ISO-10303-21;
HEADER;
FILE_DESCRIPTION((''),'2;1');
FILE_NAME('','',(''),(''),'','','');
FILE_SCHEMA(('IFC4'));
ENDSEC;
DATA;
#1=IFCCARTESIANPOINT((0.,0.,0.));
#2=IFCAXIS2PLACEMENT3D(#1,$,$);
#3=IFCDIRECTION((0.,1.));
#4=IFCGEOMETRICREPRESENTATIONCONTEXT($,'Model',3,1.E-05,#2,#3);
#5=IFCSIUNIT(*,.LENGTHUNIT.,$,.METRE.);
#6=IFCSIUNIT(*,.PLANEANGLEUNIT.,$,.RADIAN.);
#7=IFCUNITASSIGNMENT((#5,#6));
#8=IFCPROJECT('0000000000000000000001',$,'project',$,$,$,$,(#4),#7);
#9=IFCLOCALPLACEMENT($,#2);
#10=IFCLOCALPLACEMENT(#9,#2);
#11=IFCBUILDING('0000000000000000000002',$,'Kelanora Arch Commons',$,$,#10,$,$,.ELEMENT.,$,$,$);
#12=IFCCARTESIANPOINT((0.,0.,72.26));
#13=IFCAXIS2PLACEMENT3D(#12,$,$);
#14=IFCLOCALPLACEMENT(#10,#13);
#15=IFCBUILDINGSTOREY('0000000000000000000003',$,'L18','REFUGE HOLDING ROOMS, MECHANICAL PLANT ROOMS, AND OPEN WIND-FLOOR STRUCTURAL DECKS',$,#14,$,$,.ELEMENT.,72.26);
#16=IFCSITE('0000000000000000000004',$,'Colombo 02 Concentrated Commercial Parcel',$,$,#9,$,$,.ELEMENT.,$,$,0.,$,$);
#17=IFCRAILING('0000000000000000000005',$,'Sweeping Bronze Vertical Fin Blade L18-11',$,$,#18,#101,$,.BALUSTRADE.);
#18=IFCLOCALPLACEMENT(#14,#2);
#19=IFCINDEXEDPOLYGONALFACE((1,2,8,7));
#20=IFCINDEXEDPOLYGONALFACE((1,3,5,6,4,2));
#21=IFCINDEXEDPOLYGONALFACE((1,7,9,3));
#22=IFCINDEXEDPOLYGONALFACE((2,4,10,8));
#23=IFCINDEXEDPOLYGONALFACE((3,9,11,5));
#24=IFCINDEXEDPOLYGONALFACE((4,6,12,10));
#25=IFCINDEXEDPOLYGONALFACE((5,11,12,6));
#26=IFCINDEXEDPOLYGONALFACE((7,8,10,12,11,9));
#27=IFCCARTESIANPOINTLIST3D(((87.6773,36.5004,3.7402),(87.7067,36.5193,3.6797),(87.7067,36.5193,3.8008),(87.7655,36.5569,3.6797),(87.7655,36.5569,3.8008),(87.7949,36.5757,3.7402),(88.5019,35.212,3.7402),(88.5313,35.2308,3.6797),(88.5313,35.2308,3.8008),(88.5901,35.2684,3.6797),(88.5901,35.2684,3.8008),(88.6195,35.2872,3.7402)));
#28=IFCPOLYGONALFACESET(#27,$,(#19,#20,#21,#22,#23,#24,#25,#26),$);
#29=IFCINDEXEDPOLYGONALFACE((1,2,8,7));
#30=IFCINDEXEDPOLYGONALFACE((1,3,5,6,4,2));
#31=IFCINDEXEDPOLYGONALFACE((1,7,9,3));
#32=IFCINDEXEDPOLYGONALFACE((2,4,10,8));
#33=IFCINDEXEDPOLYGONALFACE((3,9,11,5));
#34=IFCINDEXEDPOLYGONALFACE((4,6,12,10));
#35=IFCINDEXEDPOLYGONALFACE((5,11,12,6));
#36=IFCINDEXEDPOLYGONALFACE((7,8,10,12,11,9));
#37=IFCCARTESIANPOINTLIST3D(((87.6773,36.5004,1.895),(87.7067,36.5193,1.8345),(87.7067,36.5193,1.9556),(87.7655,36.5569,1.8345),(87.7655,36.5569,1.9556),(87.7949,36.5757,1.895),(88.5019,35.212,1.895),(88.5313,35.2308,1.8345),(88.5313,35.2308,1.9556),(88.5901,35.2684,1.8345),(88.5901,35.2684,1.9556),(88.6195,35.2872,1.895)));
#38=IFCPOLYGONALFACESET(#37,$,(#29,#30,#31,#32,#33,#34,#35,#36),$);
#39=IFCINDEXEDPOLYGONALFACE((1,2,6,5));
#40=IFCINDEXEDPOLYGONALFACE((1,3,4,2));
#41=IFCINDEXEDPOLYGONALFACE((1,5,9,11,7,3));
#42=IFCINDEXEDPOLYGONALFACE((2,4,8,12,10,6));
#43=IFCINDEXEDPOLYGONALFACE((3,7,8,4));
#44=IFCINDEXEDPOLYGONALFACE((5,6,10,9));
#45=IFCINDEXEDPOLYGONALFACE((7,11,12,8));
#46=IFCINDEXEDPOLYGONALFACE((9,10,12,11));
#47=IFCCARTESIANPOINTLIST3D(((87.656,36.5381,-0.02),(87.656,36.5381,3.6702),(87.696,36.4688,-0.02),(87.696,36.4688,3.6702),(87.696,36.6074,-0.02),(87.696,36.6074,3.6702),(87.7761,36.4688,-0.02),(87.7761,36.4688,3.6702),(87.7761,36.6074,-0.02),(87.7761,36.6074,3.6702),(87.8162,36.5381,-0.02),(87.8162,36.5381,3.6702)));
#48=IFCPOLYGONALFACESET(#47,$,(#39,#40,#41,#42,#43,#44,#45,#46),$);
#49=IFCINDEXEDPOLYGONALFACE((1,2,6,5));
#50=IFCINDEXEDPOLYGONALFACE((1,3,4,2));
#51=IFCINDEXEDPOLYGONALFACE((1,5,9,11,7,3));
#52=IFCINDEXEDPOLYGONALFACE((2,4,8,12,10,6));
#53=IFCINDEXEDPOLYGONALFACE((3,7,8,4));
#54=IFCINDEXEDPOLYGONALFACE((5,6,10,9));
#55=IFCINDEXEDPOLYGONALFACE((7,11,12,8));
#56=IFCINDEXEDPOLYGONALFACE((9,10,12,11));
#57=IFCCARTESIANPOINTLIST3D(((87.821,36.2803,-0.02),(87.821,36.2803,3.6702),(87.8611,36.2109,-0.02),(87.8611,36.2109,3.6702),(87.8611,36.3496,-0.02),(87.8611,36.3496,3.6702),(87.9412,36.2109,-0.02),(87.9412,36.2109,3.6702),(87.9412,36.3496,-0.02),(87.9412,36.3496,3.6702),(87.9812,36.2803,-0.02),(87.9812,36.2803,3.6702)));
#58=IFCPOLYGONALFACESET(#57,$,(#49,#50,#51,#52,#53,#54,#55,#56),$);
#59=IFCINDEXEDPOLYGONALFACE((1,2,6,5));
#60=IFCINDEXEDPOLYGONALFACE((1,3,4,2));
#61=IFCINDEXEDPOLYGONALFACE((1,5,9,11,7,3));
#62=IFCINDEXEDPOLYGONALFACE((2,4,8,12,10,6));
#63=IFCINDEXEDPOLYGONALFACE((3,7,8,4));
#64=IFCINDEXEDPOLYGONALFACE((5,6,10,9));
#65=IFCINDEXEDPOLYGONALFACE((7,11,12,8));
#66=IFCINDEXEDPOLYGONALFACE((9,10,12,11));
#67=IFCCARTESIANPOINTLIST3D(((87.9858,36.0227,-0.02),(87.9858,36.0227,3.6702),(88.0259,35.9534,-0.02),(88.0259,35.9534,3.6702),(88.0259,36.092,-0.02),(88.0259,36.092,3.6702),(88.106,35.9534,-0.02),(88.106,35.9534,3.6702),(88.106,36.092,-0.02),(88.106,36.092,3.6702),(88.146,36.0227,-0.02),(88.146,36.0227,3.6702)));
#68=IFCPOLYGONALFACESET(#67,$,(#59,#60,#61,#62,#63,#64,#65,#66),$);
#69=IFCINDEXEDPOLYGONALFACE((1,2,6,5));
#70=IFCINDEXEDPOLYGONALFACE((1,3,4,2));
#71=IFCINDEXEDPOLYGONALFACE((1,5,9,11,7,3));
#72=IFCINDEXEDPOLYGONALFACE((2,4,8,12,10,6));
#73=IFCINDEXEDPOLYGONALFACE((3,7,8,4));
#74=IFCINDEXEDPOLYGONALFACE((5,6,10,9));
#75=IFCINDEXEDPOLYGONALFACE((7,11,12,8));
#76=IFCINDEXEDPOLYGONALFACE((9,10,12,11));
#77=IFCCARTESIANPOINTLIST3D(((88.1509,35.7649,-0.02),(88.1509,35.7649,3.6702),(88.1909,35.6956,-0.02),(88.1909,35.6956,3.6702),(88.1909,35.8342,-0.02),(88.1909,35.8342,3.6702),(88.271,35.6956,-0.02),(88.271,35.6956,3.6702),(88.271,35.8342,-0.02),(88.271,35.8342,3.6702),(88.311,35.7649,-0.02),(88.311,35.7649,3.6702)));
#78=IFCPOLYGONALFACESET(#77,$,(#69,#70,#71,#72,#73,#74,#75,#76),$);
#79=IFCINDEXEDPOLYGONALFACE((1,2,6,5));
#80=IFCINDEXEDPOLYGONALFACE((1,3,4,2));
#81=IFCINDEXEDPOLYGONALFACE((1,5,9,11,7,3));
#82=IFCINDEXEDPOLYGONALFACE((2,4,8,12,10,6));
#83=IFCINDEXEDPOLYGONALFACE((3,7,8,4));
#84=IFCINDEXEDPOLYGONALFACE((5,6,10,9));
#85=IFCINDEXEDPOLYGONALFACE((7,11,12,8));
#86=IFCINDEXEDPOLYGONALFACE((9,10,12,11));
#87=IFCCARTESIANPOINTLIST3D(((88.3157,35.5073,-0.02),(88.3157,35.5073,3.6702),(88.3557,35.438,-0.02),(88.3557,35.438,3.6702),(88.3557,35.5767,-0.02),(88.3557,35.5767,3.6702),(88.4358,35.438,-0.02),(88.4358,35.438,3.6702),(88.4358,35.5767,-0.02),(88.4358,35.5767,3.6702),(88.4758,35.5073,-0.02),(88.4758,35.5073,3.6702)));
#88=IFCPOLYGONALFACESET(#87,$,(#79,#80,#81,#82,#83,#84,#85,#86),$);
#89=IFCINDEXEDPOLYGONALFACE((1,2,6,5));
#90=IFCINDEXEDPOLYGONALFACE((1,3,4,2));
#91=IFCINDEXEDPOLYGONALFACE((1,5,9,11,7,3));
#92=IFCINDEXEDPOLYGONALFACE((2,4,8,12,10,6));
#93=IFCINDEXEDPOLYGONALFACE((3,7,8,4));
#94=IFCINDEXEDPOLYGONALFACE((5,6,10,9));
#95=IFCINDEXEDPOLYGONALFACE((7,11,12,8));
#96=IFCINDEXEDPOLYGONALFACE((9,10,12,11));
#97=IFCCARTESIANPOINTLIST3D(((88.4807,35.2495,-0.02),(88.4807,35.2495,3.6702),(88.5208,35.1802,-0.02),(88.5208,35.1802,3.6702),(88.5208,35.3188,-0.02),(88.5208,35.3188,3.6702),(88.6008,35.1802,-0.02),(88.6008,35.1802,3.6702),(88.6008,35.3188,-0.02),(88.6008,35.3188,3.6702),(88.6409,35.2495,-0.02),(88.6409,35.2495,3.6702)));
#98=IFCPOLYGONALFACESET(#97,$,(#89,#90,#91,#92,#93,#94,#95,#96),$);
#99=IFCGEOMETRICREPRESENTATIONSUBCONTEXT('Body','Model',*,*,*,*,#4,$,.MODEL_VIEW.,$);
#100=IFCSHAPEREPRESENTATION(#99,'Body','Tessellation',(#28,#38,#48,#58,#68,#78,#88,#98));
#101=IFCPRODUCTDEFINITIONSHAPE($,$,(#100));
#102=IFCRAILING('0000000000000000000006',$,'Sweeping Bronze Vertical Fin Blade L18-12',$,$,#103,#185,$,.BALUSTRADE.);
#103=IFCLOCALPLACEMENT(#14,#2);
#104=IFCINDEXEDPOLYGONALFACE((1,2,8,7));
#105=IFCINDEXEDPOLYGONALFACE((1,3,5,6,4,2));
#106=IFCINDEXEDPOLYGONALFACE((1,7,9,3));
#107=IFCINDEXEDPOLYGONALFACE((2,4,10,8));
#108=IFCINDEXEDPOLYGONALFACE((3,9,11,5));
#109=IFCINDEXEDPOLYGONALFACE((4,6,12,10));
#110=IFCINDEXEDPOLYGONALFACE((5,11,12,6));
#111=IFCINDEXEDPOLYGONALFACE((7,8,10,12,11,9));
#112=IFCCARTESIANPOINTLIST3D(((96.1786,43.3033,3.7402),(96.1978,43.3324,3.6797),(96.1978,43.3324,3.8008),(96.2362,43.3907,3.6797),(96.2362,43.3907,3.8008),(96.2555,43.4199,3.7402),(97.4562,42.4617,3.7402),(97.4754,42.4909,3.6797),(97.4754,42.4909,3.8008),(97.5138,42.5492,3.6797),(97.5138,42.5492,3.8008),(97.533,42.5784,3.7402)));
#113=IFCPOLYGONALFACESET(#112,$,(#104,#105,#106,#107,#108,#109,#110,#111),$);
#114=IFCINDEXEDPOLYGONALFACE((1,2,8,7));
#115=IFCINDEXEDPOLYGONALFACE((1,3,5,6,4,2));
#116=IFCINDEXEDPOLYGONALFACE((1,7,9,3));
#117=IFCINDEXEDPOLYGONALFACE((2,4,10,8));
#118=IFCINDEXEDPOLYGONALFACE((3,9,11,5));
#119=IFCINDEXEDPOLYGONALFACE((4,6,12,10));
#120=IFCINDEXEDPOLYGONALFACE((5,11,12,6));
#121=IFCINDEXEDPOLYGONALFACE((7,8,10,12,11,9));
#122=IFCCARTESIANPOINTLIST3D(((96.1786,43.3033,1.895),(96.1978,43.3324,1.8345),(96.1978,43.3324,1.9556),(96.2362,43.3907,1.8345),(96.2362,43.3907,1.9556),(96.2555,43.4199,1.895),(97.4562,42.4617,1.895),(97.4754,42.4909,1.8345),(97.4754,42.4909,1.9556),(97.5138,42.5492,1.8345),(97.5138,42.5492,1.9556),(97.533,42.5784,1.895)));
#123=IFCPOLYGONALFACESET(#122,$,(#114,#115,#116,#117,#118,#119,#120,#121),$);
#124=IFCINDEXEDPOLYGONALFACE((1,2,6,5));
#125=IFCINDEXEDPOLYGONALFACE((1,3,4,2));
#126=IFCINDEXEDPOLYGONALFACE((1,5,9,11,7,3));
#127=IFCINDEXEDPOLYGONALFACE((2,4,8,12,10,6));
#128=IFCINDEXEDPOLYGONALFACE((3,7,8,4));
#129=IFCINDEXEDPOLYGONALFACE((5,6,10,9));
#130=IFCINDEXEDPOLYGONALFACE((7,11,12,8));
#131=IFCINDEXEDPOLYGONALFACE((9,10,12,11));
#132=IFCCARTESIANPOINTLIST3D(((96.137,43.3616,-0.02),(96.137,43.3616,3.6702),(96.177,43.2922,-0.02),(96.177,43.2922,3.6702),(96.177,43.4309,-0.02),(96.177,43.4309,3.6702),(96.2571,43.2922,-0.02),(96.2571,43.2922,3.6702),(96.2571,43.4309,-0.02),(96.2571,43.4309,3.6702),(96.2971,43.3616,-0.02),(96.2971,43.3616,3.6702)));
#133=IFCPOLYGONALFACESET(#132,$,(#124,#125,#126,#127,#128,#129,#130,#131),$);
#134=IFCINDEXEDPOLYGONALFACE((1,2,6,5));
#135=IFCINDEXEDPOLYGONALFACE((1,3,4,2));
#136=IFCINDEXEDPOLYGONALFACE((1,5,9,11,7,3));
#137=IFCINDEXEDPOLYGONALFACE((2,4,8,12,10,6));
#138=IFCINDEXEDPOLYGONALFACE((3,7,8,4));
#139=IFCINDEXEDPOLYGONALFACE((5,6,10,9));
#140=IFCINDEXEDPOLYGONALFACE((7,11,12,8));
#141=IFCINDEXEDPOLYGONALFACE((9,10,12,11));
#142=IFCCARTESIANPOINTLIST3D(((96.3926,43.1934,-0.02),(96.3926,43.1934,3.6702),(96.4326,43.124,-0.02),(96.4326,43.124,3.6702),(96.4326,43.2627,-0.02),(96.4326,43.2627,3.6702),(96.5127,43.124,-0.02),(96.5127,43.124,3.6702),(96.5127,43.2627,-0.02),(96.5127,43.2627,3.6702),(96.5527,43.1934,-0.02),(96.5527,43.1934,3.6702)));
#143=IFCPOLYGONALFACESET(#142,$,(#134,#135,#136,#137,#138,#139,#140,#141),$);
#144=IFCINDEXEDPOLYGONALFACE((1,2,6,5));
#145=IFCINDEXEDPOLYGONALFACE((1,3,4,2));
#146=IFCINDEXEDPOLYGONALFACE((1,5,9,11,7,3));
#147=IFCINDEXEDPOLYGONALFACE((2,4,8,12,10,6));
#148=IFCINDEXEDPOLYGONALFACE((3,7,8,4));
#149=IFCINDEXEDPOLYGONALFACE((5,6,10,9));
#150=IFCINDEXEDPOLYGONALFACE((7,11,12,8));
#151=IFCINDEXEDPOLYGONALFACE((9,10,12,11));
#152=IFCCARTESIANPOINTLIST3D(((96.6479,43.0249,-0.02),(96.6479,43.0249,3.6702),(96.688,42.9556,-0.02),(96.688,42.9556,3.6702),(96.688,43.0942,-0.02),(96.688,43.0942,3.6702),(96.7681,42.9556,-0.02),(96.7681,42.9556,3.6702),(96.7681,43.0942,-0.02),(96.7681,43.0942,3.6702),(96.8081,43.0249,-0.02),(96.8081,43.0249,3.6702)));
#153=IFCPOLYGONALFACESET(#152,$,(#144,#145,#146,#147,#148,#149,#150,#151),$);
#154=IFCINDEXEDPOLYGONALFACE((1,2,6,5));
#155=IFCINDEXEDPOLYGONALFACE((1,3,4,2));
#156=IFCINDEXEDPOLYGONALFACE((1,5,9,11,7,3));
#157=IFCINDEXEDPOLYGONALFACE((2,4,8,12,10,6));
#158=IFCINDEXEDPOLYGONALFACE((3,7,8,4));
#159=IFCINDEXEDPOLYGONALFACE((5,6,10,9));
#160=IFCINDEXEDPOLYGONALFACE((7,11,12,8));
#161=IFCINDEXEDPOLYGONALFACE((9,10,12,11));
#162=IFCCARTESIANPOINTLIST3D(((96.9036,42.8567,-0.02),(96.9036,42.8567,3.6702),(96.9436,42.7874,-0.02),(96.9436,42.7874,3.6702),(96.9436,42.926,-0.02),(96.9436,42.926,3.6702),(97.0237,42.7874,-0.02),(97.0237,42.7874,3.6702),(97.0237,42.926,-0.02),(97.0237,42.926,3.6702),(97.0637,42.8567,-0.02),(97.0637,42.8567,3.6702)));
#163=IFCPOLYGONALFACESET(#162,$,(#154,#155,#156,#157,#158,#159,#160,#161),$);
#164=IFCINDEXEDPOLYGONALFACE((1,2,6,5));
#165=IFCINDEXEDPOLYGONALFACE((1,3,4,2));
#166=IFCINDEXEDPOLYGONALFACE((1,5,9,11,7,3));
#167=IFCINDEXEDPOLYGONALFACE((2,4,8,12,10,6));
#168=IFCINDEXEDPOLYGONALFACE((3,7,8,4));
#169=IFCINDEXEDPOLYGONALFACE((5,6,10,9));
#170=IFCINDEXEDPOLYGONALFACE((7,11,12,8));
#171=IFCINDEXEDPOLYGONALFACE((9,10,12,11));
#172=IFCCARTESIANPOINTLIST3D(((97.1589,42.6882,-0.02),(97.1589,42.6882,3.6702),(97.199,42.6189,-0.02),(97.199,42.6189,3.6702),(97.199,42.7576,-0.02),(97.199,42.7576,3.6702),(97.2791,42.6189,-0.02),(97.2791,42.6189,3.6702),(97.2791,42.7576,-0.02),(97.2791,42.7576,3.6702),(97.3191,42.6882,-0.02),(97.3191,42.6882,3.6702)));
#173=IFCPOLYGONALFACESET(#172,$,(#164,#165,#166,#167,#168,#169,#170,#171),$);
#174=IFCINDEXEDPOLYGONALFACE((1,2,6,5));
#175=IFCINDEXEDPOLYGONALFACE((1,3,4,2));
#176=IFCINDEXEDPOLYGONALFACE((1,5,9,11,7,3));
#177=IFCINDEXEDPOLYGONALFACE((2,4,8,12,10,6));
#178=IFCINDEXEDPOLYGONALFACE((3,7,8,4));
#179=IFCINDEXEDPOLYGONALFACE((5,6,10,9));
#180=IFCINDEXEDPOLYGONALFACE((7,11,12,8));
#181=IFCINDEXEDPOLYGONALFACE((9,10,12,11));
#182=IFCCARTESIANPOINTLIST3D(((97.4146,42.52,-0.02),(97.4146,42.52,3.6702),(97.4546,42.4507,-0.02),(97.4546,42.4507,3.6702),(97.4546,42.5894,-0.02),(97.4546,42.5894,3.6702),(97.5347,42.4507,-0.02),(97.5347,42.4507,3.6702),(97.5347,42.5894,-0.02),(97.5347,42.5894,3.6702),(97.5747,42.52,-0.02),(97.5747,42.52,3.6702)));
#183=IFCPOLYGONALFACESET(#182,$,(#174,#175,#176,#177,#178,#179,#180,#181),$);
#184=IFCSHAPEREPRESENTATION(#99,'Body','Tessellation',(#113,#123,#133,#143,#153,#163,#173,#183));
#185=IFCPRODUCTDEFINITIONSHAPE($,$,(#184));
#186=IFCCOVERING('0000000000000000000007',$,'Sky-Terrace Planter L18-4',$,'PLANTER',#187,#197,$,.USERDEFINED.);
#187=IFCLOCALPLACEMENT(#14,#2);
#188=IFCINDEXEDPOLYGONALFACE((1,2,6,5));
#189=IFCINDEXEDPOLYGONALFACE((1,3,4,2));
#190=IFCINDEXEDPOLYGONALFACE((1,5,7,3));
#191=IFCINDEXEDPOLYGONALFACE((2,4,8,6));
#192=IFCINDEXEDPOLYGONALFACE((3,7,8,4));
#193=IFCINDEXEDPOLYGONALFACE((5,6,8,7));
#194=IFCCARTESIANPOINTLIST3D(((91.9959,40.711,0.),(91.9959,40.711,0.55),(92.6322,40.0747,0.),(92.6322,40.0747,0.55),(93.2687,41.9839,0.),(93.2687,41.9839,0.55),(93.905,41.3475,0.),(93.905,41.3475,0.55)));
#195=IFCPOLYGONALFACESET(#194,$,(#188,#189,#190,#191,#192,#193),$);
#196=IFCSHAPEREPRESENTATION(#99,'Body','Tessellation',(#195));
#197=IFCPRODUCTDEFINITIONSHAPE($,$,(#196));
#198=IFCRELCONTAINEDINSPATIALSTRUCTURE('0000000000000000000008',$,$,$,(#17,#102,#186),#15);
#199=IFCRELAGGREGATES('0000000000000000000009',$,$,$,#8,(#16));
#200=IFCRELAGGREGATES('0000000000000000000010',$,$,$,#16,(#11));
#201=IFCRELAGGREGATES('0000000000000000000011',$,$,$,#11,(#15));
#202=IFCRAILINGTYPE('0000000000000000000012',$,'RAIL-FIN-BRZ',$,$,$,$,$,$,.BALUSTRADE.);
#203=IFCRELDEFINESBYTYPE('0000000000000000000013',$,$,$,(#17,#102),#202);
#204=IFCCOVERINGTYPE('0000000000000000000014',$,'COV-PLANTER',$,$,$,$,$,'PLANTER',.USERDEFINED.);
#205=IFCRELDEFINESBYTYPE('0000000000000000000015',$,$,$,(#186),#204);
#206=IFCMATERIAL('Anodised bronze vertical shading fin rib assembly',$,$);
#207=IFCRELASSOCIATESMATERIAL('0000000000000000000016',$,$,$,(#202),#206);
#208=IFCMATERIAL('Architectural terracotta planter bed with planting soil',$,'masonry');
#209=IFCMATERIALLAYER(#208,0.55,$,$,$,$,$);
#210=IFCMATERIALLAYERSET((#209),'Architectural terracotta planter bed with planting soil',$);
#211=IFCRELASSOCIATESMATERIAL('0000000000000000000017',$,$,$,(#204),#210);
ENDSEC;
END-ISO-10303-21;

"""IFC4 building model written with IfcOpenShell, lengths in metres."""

from ifc_helpers import new_model, si_unit, direction, frame, origin, origin_2d, place, context, subcontext, project, spatial, polyline, rectangle, outline, extrude, source, transform, mapped, material, layer, layer_set, type_object, element, save


model = new_model("IFC4")

# Units and contexts
model_context = context("Model", 3, precision=1e-05, world=origin(), true_north=direction((0.0, 1.0)))
body_context = subcontext(model_context, "Body", "Model", "MODEL_VIEW")
ifc_project = project(units=[si_unit("LENGTHUNIT", "METRE"), si_unit("PLANEANGLEUNIT", "RADIAN")], contexts=[model_context])

# Site, building, storey
site_placement = place(None, origin())
site = spatial("IfcSite", under=ifc_project, at=site_placement, Name="Colombo 02 Concentrated Commercial Parcel", CompositionType="ELEMENT", RefElevation=0.0)
building_placement = place(site_placement, origin())
building = spatial("IfcBuilding", under=site, at=building_placement, Name="Kelanora Arch Commons", CompositionType="ELEMENT")
storey_placement = place(building_placement, frame((0.0, 0.0, 72.26)))
storey = spatial("IfcBuildingStorey", under=building, at=storey_placement, Name="L18", Description="REFUGE HOLDING ROOMS, MECHANICAL PLANT ROOMS, AND OPEN WIND-FLOOR STRUCTURAL DECKS", CompositionType="ELEMENT", Elevation=72.26)

# Railings
ifc_material_1 = material(Name="Anodised bronze vertical shading fin rib assembly")
railing_type = type_object("IfcRailingType", Name="RAIL-FIN-BRZ", PredefinedType="BALUSTRADE", material=ifc_material_1)
railing_1_placement = place(storey_placement, frame((87.7361, 36.5381, -0.02)))
element("IfcRailing", 1, at=railing_1_placement, inside=storey, type_object=railing_type, Name="Sweeping Bronze Vertical Fin Blade L18-11", PredefinedType="BALUSTRADE", context=body_context, shape_type="SweptSolid", body=[
    extrude(outline(polyline([(0.0698, 0.0), (0.0349, 0.0605), (-0.0349, 0.0605), (-0.0698, 0.0), (-0.0349, -0.0605), (0.0349, -0.0605), (0.0698, 0.0)])), frame((0.0, 0.0, 3.7603), z_axis=(0.539063, -0.842266, 0.0), x_axis=(0.842266, 0.539063, 0.0)), (0.0, 0.0, 1.0), 1.5298),
    extrude(outline(polyline([(0.0698, 0.0), (0.0349, 0.0605), (-0.0349, 0.0605), (-0.0698, 0.0), (-0.0349, -0.0605), (0.0349, -0.0605), (0.0698, 0.0)])), frame((0.0, 0.0, 1.915), z_axis=(0.539063, -0.842266, 0.0), x_axis=(0.842266, 0.539063, 0.0)), (0.0, 0.0, 1.0), 1.5298),
    extrude(outline(polyline([(0.0801, 0.0), (0.04, 0.0693), (-0.04, 0.0693), (-0.0801, 0.0), (-0.04, -0.0693), (0.04, -0.0693), (0.0801, 0.0)])), origin(), (0.0, 0.0, 1.0), 3.6902),
    extrude(outline(polyline([(0.0801, 0.0), (0.04, 0.0693), (-0.04, 0.0693), (-0.0801, 0.0), (-0.04, -0.0693), (0.04, -0.0693), (0.0801, 0.0)])), frame((0.165, -0.2578, 0.0)), (0.0, 0.0, 1.0), 3.6902),
    extrude(outline(polyline([(0.0801, 0.0), (0.04, 0.0693), (-0.04, 0.0693), (-0.0801, 0.0), (-0.04, -0.0693), (0.04, -0.0693), (0.0801, 0.0)])), frame((0.3298, -0.5154, 0.0)), (0.0, 0.0, 1.0), 3.6902),
    extrude(outline(polyline([(0.0801, 0.0), (0.04, 0.0693), (-0.04, 0.0693), (-0.0801, 0.0), (-0.04, -0.0693), (0.04, -0.0693), (0.0801, 0.0)])), frame((0.4949, -0.7732, 0.0)), (0.0, 0.0, 1.0), 3.6902),
    extrude(outline(polyline([(0.0801, 0.0), (0.04, 0.0693), (-0.04, 0.0693), (-0.0801, 0.0), (-0.04, -0.0693), (0.04, -0.0693), (0.0801, 0.0)])), frame((0.6597, -1.0308, 0.0)), (0.0, 0.0, 1.0), 3.6902),
    extrude(outline(polyline([(0.0801, 0.0), (0.04, 0.0693), (-0.04, 0.0693), (-0.0801, 0.0), (-0.04, -0.0693), (0.04, -0.0693), (0.0801, 0.0)])), frame((0.8247, -1.2886, 0.0)), (0.0, 0.0, 1.0), 3.6902),
])
railing_2_placement = place(storey_placement, frame((96.217, 43.3616, -0.02)))
element("IfcRailing", 2, at=railing_2_placement, inside=storey, type_object=railing_type, Name="Sweeping Bronze Vertical Fin Blade L18-12", PredefinedType="BALUSTRADE", context=body_context, shape_type="SweptSolid", body=[
    extrude(outline(polyline([(0.0698, 0.0), (0.0349, 0.0605), (-0.0349, 0.0605), (-0.0698, 0.0), (-0.0349, -0.0605), (0.0349, -0.0605), (0.0698, 0.0)])), frame((0.0, 0.0, 3.7603), z_axis=(0.835106, -0.550088, 0.0), x_axis=(0.550088, 0.835106, 0.0)), (0.0, 0.0, 1.0), 1.5298),
    extrude(outline(polyline([(0.0698, 0.0), (0.0349, 0.0605), (-0.0349, 0.0605), (-0.0698, 0.0), (-0.0349, -0.0605), (0.0349, -0.0605), (0.0698, 0.0)])), frame((0.0, 0.0, 1.915), z_axis=(0.835106, -0.550088, 0.0), x_axis=(0.550088, 0.835106, 0.0)), (0.0, 0.0, 1.0), 1.5298),
    extrude(outline(polyline([(0.0801, 0.0), (0.04, 0.0693), (-0.04, 0.0693), (-0.0801, 0.0), (-0.04, -0.0693), (0.04, -0.0693), (0.0801, 0.0)])), origin(), (0.0, 0.0, 1.0), 3.6902),
    extrude(outline(polyline([(0.0801, 0.0), (0.04, 0.0693), (-0.04, 0.0693), (-0.0801, 0.0), (-0.04, -0.0693), (0.04, -0.0693), (0.0801, 0.0)])), frame((0.2556, -0.1682, 0.0)), (0.0, 0.0, 1.0), 3.6902),
    extrude(outline(polyline([(0.0801, 0.0), (0.04, 0.0693), (-0.04, 0.0693), (-0.0801, 0.0), (-0.04, -0.0693), (0.04, -0.0693), (0.0801, 0.0)])), frame((0.511, -0.3367, 0.0)), (0.0, 0.0, 1.0), 3.6902),
    extrude(outline(polyline([(0.0801, 0.0), (0.04, 0.0693), (-0.04, 0.0693), (-0.0801, 0.0), (-0.04, -0.0693), (0.04, -0.0693), (0.0801, 0.0)])), frame((0.7666, -0.5049, 0.0)), (0.0, 0.0, 1.0), 3.6902),
    extrude(outline(polyline([(0.0801, 0.0), (0.04, 0.0693), (-0.04, 0.0693), (-0.0801, 0.0), (-0.04, -0.0693), (0.04, -0.0693), (0.0801, 0.0)])), frame((1.022, -0.6733, 0.0)), (0.0, 0.0, 1.0), 3.6902),
    extrude(outline(polyline([(0.0801, 0.0), (0.04, 0.0693), (-0.04, 0.0693), (-0.0801, 0.0), (-0.04, -0.0693), (0.04, -0.0693), (0.0801, 0.0)])), frame((1.2776, -0.8416, 0.0)), (0.0, 0.0, 1.0), 3.6902),
])

# Covering
ifc_material_2 = material(Name="Architectural terracotta planter bed with planting soil", Category="masonry")
ifc_layer_1 = layer(ifc_material_2, 0.55)
ifc_layer_set_1 = layer_set([ifc_layer_1], Name="Architectural terracotta planter bed with planting soil")
covering_type = type_object("IfcCoveringType", Name="COV-PLANTER", ElementType="PLANTER", PredefinedType="USERDEFINED", material=ifc_layer_set_1)
shared_shape_1 = source(origin(), body_context, "Body", "SweptSolid", [
    extrude(rectangle(XDim=1.8, YDim=0.8999, at=origin_2d()), origin(), (0.0, 0.0, 1.0), 0.55),
])
covering_placement = place(storey_placement, frame((92.9504, 41.0293, 0.0), z_axis=(0.0, 0.0, 1.0), x_axis=(0.707107, 0.707107, 0.0)))
element("IfcCovering", 3, at=covering_placement, inside=storey, type_object=covering_type, Name="Sky-Terrace Planter L18-4", ObjectType="PLANTER", PredefinedType="USERDEFINED", context=body_context, shape_type="MappedRepresentation", body=[
    mapped(shared_shape_1, transform((0.0, 0.0, 0.0), scale=1.0)),
])

save(model, "model.ifc")
